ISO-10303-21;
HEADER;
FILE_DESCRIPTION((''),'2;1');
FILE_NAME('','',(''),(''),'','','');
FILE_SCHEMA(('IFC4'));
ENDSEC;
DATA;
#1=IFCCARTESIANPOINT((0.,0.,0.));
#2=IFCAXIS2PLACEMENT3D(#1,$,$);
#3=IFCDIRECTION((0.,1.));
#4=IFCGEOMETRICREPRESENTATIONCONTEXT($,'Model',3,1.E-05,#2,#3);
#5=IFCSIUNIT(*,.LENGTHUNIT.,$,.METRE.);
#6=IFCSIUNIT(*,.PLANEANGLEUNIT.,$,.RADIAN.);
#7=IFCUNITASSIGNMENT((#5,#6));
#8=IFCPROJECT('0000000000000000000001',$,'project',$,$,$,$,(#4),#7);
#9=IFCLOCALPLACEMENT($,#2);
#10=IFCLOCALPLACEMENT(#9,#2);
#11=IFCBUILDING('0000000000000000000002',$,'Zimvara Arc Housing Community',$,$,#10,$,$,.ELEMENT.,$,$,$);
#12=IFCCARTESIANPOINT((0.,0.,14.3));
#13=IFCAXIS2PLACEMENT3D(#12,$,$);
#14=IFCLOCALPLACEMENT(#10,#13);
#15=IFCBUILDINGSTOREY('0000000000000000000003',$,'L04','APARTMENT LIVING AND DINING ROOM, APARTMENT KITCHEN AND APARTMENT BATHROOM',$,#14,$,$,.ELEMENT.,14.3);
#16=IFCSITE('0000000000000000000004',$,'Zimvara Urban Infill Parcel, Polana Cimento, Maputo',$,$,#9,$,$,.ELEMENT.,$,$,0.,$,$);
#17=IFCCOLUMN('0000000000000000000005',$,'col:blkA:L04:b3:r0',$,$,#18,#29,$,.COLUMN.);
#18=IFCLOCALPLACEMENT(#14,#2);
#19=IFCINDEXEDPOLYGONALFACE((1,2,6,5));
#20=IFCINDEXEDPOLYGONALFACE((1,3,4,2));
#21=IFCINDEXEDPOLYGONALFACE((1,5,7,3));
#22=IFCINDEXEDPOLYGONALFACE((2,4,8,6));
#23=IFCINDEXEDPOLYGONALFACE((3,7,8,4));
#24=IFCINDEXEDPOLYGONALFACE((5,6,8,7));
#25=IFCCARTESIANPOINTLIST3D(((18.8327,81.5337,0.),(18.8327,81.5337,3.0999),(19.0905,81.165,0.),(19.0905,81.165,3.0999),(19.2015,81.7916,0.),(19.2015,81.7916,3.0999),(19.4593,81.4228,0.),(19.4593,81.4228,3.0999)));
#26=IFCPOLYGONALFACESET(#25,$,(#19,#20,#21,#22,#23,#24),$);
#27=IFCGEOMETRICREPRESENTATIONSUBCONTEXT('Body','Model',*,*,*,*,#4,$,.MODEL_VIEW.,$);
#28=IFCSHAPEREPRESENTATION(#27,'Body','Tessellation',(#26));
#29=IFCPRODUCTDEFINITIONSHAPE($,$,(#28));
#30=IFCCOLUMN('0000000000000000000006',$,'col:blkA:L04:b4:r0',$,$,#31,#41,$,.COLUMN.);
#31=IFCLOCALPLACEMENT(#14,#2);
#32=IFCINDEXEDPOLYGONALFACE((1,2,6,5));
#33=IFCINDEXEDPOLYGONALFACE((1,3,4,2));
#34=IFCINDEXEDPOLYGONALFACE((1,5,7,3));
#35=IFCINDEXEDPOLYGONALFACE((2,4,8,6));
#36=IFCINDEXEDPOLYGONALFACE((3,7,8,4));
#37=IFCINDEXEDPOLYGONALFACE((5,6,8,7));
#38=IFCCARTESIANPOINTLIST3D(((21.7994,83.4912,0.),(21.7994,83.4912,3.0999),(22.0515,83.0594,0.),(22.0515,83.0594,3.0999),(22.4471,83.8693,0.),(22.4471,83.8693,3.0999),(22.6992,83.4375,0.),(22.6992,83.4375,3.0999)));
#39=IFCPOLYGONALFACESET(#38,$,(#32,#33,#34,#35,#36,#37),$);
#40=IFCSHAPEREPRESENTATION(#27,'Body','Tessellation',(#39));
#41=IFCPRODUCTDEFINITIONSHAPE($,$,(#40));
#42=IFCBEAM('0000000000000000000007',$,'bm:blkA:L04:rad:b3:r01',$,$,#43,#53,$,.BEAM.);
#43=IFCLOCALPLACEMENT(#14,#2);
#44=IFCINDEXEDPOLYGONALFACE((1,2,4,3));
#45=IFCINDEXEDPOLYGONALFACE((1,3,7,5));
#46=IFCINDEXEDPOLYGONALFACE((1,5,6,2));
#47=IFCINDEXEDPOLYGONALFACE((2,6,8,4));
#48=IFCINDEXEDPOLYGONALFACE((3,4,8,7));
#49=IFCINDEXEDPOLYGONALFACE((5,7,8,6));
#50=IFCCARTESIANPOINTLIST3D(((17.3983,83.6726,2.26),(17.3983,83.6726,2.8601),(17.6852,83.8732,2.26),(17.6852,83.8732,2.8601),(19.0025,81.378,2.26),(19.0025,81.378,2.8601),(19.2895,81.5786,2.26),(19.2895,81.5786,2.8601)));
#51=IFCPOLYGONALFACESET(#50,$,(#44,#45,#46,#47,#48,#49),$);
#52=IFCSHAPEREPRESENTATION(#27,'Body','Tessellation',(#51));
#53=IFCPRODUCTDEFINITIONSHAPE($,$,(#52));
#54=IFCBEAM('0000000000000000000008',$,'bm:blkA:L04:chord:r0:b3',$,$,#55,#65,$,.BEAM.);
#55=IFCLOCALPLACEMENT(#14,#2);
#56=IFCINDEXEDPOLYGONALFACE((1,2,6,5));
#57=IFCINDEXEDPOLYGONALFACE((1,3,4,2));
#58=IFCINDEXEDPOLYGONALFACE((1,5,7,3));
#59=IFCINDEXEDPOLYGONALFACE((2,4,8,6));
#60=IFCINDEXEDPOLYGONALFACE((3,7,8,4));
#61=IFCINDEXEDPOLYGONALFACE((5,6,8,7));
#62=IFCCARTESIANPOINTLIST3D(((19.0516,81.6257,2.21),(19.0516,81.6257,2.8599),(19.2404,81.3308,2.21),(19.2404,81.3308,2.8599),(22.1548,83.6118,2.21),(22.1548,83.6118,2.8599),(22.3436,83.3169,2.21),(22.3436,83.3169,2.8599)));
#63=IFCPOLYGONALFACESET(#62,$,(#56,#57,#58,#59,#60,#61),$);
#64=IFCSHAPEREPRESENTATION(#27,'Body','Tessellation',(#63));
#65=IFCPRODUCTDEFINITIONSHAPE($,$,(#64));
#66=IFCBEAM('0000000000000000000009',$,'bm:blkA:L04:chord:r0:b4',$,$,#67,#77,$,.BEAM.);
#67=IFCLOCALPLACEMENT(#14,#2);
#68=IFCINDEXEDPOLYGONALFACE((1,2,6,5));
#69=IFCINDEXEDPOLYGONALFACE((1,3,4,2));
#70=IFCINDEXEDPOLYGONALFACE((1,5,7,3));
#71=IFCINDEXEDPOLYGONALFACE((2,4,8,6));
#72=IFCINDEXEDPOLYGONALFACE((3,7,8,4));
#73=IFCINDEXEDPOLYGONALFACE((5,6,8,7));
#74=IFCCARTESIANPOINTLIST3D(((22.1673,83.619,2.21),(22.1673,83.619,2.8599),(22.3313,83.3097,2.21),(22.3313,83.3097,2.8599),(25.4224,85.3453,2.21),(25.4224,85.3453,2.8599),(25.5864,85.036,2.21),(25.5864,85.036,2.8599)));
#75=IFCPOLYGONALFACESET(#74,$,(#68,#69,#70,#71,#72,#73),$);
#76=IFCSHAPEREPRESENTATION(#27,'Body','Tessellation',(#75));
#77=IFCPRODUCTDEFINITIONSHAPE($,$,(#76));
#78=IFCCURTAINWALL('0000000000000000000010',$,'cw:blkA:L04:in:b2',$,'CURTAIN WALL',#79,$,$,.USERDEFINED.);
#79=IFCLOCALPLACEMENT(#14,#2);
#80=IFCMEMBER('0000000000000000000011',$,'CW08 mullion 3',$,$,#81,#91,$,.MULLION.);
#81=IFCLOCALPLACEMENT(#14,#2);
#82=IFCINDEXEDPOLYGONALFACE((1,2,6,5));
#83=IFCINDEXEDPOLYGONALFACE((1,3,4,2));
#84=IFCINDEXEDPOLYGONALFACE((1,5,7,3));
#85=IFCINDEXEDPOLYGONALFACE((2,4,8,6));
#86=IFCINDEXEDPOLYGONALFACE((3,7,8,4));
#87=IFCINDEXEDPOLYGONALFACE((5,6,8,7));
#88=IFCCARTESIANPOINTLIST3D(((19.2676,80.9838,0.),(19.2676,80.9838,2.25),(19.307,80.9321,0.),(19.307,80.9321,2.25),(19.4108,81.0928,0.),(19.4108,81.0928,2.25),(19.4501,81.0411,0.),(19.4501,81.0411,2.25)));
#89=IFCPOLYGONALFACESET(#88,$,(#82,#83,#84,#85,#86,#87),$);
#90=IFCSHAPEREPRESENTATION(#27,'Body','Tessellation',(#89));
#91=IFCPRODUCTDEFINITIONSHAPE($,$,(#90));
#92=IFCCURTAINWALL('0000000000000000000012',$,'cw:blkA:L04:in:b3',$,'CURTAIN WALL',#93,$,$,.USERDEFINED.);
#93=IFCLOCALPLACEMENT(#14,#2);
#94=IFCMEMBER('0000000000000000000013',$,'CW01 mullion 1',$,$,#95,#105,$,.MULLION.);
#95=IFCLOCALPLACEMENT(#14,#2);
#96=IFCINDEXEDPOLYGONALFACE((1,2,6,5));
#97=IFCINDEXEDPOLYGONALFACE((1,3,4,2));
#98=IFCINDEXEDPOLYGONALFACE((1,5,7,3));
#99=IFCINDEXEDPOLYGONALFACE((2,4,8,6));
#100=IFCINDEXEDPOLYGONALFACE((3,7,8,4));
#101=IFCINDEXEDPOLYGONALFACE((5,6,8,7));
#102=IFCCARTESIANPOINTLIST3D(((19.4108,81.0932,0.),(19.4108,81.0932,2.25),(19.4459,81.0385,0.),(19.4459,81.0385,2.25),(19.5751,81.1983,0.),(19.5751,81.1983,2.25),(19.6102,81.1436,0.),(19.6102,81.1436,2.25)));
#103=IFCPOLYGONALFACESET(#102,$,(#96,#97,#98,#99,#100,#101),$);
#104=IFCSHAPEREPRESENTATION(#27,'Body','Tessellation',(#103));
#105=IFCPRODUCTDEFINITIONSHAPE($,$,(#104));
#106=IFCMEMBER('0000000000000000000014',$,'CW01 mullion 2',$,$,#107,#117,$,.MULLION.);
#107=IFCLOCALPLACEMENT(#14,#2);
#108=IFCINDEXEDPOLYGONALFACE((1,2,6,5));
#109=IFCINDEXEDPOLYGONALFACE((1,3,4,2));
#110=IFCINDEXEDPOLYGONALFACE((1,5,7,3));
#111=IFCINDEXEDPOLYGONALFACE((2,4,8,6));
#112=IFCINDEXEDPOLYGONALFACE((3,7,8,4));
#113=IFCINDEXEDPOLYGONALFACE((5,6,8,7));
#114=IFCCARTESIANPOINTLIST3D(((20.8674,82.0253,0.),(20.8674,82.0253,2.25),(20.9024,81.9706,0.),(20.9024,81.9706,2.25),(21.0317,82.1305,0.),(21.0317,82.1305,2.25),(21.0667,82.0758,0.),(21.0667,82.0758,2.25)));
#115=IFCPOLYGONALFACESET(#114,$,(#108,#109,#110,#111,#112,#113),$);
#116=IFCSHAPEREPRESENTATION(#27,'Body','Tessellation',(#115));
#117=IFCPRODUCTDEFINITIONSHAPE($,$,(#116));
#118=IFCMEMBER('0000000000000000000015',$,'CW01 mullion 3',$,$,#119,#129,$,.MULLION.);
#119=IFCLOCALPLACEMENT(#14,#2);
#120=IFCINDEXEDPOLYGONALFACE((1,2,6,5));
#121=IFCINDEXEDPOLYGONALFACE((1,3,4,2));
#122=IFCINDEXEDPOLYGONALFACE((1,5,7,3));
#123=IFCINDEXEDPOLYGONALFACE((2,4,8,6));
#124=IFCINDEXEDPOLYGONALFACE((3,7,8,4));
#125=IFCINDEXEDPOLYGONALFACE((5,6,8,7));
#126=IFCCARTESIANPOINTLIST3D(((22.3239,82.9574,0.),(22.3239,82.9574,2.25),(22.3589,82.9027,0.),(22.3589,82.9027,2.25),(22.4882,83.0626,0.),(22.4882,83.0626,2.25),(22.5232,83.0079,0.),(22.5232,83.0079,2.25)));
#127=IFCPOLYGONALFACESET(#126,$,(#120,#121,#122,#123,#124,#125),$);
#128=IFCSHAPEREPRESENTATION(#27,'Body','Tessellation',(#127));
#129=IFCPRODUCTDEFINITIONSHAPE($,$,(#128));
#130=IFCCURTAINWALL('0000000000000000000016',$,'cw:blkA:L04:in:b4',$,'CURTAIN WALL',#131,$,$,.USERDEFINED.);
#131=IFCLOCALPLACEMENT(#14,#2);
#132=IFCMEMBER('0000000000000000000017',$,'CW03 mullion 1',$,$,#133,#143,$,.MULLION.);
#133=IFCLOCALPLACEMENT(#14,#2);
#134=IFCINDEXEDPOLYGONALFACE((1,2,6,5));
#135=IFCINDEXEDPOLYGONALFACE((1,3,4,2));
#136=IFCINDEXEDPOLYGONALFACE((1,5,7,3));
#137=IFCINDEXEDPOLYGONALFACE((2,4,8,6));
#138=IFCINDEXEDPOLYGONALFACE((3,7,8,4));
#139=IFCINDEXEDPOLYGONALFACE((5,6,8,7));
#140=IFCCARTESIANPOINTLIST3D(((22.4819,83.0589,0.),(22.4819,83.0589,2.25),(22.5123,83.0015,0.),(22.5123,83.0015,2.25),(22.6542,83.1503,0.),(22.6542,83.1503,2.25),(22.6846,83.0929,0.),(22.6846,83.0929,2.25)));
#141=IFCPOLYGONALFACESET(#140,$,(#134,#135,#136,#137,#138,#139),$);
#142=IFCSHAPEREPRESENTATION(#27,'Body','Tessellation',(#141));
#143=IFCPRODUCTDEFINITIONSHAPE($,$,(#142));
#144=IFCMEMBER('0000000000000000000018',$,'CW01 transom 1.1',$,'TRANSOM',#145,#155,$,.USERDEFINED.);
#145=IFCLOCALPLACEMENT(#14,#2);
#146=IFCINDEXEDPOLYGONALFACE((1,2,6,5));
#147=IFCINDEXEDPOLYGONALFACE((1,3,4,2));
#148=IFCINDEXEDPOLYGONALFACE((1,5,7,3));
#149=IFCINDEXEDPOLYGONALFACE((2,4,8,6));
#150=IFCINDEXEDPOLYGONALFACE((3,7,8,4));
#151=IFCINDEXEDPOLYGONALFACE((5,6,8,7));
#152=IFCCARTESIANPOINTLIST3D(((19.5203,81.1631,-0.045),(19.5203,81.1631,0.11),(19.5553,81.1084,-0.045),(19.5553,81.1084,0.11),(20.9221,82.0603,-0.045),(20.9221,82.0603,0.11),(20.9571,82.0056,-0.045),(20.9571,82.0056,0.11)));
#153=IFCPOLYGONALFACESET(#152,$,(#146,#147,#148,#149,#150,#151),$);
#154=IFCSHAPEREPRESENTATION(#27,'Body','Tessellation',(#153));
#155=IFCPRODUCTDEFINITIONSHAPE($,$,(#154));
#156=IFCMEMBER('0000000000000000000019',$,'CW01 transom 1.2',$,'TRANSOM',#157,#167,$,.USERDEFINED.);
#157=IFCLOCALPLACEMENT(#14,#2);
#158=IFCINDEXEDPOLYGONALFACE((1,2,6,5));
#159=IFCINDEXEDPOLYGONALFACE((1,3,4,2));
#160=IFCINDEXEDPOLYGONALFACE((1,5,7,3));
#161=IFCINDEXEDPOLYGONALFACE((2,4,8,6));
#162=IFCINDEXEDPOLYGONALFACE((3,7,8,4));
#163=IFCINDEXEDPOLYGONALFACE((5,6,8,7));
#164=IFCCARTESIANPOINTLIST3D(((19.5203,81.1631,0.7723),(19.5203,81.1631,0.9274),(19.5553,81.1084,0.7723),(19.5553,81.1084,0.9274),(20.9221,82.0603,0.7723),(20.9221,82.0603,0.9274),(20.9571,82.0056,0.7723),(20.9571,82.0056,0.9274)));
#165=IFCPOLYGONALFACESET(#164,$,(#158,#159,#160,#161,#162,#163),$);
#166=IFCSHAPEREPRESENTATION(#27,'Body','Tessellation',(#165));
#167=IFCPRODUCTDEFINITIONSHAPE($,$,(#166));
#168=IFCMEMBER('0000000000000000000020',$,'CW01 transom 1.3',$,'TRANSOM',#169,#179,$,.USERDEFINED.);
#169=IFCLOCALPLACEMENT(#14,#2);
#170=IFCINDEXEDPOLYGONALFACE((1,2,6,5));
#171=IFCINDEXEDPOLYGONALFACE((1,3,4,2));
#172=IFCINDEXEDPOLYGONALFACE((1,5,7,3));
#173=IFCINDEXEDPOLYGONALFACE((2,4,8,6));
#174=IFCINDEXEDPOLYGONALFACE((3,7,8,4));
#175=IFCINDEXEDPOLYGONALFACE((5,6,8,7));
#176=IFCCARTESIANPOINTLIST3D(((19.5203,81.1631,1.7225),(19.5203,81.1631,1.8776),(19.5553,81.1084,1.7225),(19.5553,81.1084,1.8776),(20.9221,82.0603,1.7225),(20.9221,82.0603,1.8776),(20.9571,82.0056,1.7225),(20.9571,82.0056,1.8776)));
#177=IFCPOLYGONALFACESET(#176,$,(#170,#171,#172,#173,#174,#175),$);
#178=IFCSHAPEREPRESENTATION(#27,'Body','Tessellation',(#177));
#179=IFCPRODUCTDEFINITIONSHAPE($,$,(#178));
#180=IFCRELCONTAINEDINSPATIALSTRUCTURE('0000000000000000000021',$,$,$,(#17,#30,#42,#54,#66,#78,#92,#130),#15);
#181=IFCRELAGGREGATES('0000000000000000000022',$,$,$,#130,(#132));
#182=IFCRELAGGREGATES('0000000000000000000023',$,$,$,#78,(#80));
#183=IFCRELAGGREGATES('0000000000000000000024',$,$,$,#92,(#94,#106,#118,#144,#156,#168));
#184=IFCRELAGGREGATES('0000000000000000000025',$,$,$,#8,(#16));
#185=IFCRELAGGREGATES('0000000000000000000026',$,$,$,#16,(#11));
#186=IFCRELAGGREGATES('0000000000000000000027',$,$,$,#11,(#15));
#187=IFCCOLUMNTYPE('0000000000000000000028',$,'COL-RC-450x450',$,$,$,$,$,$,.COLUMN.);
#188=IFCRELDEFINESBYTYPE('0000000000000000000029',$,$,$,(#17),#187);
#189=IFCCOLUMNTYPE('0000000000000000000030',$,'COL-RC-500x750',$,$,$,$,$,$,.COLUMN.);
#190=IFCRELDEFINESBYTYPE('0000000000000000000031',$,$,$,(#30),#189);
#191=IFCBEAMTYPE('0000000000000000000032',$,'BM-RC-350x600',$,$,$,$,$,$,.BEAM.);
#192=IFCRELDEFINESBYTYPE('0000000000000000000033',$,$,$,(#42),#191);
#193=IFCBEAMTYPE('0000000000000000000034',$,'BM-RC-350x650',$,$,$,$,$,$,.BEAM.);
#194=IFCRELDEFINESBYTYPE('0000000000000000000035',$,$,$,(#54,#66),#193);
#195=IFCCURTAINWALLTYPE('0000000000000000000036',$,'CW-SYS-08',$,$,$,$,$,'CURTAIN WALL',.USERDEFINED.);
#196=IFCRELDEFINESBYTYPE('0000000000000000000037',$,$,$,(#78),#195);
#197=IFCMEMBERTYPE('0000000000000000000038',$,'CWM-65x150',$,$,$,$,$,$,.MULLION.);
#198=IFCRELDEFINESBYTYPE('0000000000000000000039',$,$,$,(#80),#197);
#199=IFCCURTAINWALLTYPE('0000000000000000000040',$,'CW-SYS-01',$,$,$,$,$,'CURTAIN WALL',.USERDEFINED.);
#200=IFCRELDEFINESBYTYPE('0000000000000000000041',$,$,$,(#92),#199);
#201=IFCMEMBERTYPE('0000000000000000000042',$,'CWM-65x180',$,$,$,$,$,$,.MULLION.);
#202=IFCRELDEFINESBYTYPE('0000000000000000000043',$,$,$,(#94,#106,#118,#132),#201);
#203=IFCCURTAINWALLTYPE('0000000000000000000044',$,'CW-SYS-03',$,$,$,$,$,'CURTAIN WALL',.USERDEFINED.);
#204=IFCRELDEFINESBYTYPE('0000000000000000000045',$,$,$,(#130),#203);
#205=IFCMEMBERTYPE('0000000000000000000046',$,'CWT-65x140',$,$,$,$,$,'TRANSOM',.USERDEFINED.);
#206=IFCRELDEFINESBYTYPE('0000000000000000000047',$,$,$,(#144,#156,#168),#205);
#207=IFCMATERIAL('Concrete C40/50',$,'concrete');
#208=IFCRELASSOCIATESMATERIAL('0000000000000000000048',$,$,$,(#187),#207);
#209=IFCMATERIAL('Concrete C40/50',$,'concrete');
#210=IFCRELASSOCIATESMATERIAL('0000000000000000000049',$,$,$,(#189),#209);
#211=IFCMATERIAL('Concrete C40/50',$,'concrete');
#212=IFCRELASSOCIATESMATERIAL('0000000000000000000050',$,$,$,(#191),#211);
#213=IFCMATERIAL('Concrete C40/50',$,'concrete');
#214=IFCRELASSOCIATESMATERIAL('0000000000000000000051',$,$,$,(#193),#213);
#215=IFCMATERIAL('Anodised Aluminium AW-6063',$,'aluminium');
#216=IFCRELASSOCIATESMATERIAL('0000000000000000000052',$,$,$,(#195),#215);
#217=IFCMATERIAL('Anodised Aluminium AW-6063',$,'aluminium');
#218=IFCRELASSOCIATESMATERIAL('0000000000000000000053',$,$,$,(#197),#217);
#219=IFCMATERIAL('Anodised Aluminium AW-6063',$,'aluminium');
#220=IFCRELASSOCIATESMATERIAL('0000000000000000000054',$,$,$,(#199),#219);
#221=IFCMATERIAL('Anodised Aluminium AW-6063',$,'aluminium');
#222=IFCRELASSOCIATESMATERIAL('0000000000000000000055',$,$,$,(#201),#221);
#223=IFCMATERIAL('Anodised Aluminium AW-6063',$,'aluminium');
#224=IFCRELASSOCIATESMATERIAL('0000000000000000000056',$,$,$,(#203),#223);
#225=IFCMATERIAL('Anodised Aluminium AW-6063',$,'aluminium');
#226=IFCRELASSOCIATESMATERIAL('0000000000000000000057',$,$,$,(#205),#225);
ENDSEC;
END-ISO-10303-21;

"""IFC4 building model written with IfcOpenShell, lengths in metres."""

from ifc_helpers import new_model, si_unit, direction, frame, origin, origin_2d, place, context, subcontext, project, spatial, rectangle, extrude, material, material_profile, profile_set, type_object, element, aggregate, save


model = new_model("IFC4")

# Units and contexts
model_context = context("Model", 3, precision=1e-05, world=origin(), true_north=direction((0.0, 1.0)))
body_context = subcontext(model_context, "Body", "Model", "MODEL_VIEW")
ifc_project = project(units=[si_unit("LENGTHUNIT", "METRE"), si_unit("PLANEANGLEUNIT", "RADIAN")], contexts=[model_context])

# Site, building, storey
site_placement = place(None, origin())
site = spatial("IfcSite", under=ifc_project, at=site_placement, Name="Zimvara Urban Infill Parcel, Polana Cimento, Maputo", CompositionType="ELEMENT", RefElevation=0.0)
building_placement = place(site_placement, origin())
building = spatial("IfcBuilding", under=site, at=building_placement, Name="Zimvara Arc Housing Community", CompositionType="ELEMENT")
storey_placement = place(building_placement, frame((0.0, 0.0, 14.3)))
storey = spatial("IfcBuildingStorey", under=building, at=storey_placement, Name="L04", Description="APARTMENT LIVING AND DINING ROOM, APARTMENT KITCHEN AND APARTMENT BATHROOM", CompositionType="ELEMENT", Elevation=14.3)

# Columns
ifc_material_1 = material(Name="Concrete C40/50", Category="concrete")
ifc_material_profile_1 = material_profile(ifc_material_1, rectangle(XDim=0.45, YDim=0.45, at=origin_2d()), Name="RC 450x450")
ifc_profile_set_1 = profile_set([ifc_material_profile_1], Name="Concrete C40/50")
column_type_1 = type_object("IfcColumnType", Name="COL-RC-450x450", PredefinedType="COLUMN", material=ifc_profile_set_1)
column_1_placement = place(storey_placement, frame((19.146, 81.4783, 0.0), z_axis=(0.0, 0.0, 1.0), x_axis=(-0.573004, 0.819552, 0.0)))
element("IfcColumn", 1, at=column_1_placement, inside=storey, type_object=column_type_1, Name="col:blkA:L04:b3:r0", PredefinedType="COLUMN", context=body_context, shape_type="SweptSolid", body=[
    extrude(rectangle(XDim=0.45, YDim=0.45, at=origin_2d()), origin(), (0.0, 0.0, 1.0), 3.0999),
])
ifc_material_2 = material(Name="Concrete C40/50", Category="concrete")
ifc_material_profile_2 = material_profile(ifc_material_2, rectangle(XDim=0.5, YDim=0.75, at=origin_2d()), Name="RC 500x750")
ifc_profile_set_2 = profile_set([ifc_material_profile_2], Name="Concrete C40/50")
column_type_2 = type_object("IfcColumnType", Name="COL-RC-500x750", PredefinedType="COLUMN", material=ifc_profile_set_2)
column_2_placement = place(storey_placement, frame((22.2493, 83.4644, 0.0), z_axis=(0.0, 0.0, 1.0), x_axis=(-0.504226, 0.863572, 0.0)))
element("IfcColumn", 2, at=column_2_placement, inside=storey, type_object=column_type_2, Name="col:blkA:L04:b4:r0", PredefinedType="COLUMN", context=body_context, shape_type="SweptSolid", body=[
    extrude(rectangle(XDim=0.5, YDim=0.75, at=origin_2d()), origin(), (0.0, 0.0, 1.0), 3.0999),
])

# Beams
ifc_material_3 = material(Name="Concrete C40/50", Category="concrete")
ifc_material_profile_3 = material_profile(ifc_material_3, rectangle(XDim=0.3501, YDim=0.6001, at=origin_2d()), Name="RC 350x600")
ifc_profile_set_3 = profile_set([ifc_material_profile_3], Name="Concrete C40/50")
beam_type_1 = type_object("IfcBeamType", Name="BM-RC-350x600", PredefinedType="BEAM", material=ifc_profile_set_3)
beam_1_placement = place(storey_placement, frame((19.146, 81.4783, 2.5601), z_axis=(-0.572977, 0.819572, 0.0), x_axis=(-0.819572, -0.572977, 0.0)))
element("IfcBeam", 3, at=beam_1_placement, inside=storey, type_object=beam_type_1, Name="bm:blkA:L04:rad:b3:r01", PredefinedType="BEAM", context=body_context, shape_type="SweptSolid", body=[
    extrude(rectangle(XDim=0.3501, YDim=0.6001, at=origin_2d()), origin(), (0.0, 0.0, 1.0), 2.7998),
])
ifc_material_4 = material(Name="Concrete C40/50", Category="concrete")
ifc_material_profile_4 = material_profile(ifc_material_4, rectangle(XDim=0.3501, YDim=0.6499, at=origin_2d()), Name="RC 350x650")
ifc_profile_set_4 = profile_set([ifc_material_profile_4], Name="Concrete C40/50")
beam_type_2 = type_object("IfcBeamType", Name="BM-RC-350x650", PredefinedType="BEAM", material=ifc_profile_set_4)
beam_2_placement = place(storey_placement, frame((19.146, 81.4783, 2.5349), z_axis=(0.842273, 0.539052, 0.0), x_axis=(-0.539052, 0.842273, 0.0)))
element("IfcBeam", 4, at=beam_2_placement, inside=storey, type_object=beam_type_2, Name="bm:blkA:L04:chord:r0:b3", PredefinedType="BEAM", context=body_context, shape_type="SweptSolid", body=[
    extrude(rectangle(XDim=0.3501, YDim=0.6499, at=origin_2d()), origin(), (0.0, 0.0, 1.0), 3.6843),
])
beam_3_placement = place(storey_placement, frame((22.2493, 83.4644, 2.5349), z_axis=(0.883449, 0.468527, 0.0), x_axis=(-0.468527, 0.883449, 0.0)))
element("IfcBeam", 5, at=beam_3_placement, inside=storey, type_object=beam_type_2, Name="bm:blkA:L04:chord:r0:b4", PredefinedType="BEAM", context=body_context, shape_type="SweptSolid", body=[
    extrude(rectangle(XDim=0.3501, YDim=0.6499, at=origin_2d()), origin(), (0.0, 0.0, 1.0), 3.6846),
])

# Curtain wall, member
ifc_material_5 = material(Name="Anodised Aluminium AW-6063", Category="aluminium")
curtain_wall_type_1 = type_object("IfcCurtainWallType", Name="CW-SYS-08", ElementType="CURTAIN WALL", PredefinedType="USERDEFINED", material=ifc_material_5)
curtain_wall_1_placement = place(storey_placement, origin())
curtain_wall_1 = element("IfcCurtainWall", 6, at=curtain_wall_1_placement, inside=storey, type_object=curtain_wall_type_1, Name="cw:blkA:L04:in:b2", ObjectType="CURTAIN WALL", PredefinedType="USERDEFINED")
ifc_material_6 = material(Name="Anodised Aluminium AW-6063", Category="aluminium")
ifc_material_profile_5 = material_profile(ifc_material_6, rectangle(XDim=0.0649, YDim=0.1799, at=origin_2d()), Name="ALU 65x180")
ifc_profile_set_5 = profile_set([ifc_material_profile_5], Name="Anodised Aluminium AW-6063")
member_type_1 = type_object("IfcMemberType", Name="CWM-65x150", PredefinedType="MULLION", material=ifc_profile_set_5)
member_1_placement = place(storey_placement, frame((19.3589, 81.0125, 0.0), z_axis=(0.0, 0.0, 1.0), x_axis=(-0.605988, 0.795474, 0.0)))
member_1 = element("IfcMember", 7, at=member_1_placement, type_object=member_type_1, Name="CW08 mullion 3", PredefinedType="MULLION", context=body_context, shape_type="SweptSolid", body=[
    extrude(rectangle(XDim=0.0649, YDim=0.1799, at=origin_2d()), origin(), (0.0, 0.0, 1.0), 2.25),
])

# Curtain wall, members
ifc_material_7 = material(Name="Anodised Aluminium AW-6063", Category="aluminium")
curtain_wall_type_2 = type_object("IfcCurtainWallType", Name="CW-SYS-01", ElementType="CURTAIN WALL", PredefinedType="USERDEFINED", material=ifc_material_7)
curtain_wall_2_placement = place(storey_placement, origin())
curtain_wall_2 = element("IfcCurtainWall", 8, at=curtain_wall_2_placement, inside=storey, type_object=curtain_wall_type_2, Name="cw:blkA:L04:in:b3", ObjectType="CURTAIN WALL", PredefinedType="USERDEFINED")
ifc_material_8 = material(Name="Anodised Aluminium AW-6063", Category="aluminium")
ifc_material_profile_6 = material_profile(ifc_material_8, rectangle(XDim=0.0649, YDim=0.1951, at=origin_2d()), Name="ALU 65x195")
ifc_profile_set_6 = profile_set([ifc_material_profile_6], Name="Anodised Aluminium AW-6063")
member_type_2 = type_object("IfcMemberType", Name="CWM-65x180", PredefinedType="MULLION", material=ifc_profile_set_6)
member_2_placement = place(storey_placement, frame((19.5105, 81.1184, 0.0), z_axis=(0.0, 0.0, 1.0), x_axis=(-0.539064, 0.842265, 0.0)))
member_2 = element("IfcMember", 9, at=member_2_placement, type_object=member_type_2, Name="CW01 mullion 1", PredefinedType="MULLION", context=body_context, shape_type="SweptSolid", body=[
    extrude(rectangle(XDim=0.0649, YDim=0.1951, at=origin_2d()), origin(), (0.0, 0.0, 1.0), 2.25),
])
member_3_placement = place(storey_placement, frame((20.967, 82.0505, 0.0), z_axis=(0.0, 0.0, 1.0), x_axis=(-0.539064, 0.842265, 0.0)))
member_3 = element("IfcMember", 10, at=member_3_placement, type_object=member_type_2, Name="CW01 mullion 2", PredefinedType="MULLION", context=body_context, shape_type="SweptSolid", body=[
    extrude(rectangle(XDim=0.0649, YDim=0.1951, at=origin_2d()), origin(), (0.0, 0.0, 1.0), 2.25),
])
member_4_placement = place(storey_placement, frame((22.4236, 82.9827, 0.0), z_axis=(0.0, 0.0, 1.0), x_axis=(-0.539064, 0.842265, 0.0)))
member_4 = element("IfcMember", 11, at=member_4_placement, type_object=member_type_2, Name="CW01 mullion 3", PredefinedType="MULLION", context=body_context, shape_type="SweptSolid", body=[
    extrude(rectangle(XDim=0.0649, YDim=0.1951, at=origin_2d()), origin(), (0.0, 0.0, 1.0), 2.25),
])

# Curtain wall, member
ifc_material_9 = material(Name="Anodised Aluminium AW-6063", Category="aluminium")
curtain_wall_type_3 = type_object("IfcCurtainWallType", Name="CW-SYS-03", ElementType="CURTAIN WALL", PredefinedType="USERDEFINED", material=ifc_material_9)
curtain_wall_3_placement = place(storey_placement, origin())
curtain_wall_3 = element("IfcCurtainWall", 12, at=curtain_wall_3_placement, inside=storey, type_object=curtain_wall_type_3, Name="cw:blkA:L04:in:b4", ObjectType="CURTAIN WALL", PredefinedType="USERDEFINED")
member_5_placement = place(storey_placement, frame((22.5833, 83.0759, 0.0), z_axis=(0.0, 0.0, 1.0), x_axis=(-0.468545, 0.88344, 0.0)))
member_5 = element("IfcMember", 13, at=member_5_placement, type_object=member_type_2, Name="CW03 mullion 1", PredefinedType="MULLION", context=body_context, shape_type="SweptSolid", body=[
    extrude(rectangle(XDim=0.0649, YDim=0.1951, at=origin_2d()), origin(), (0.0, 0.0, 1.0), 2.25),
])

# Members
ifc_material_10 = material(Name="Anodised Aluminium AW-6063", Category="aluminium")
ifc_material_profile_7 = material_profile(ifc_material_10, rectangle(XDim=0.0649, YDim=0.155, at=origin_2d()), Name="ALU 65x155")
ifc_profile_set_7 = profile_set([ifc_material_profile_7], Name="Anodised Aluminium AW-6063")
member_type_3 = type_object("IfcMemberType", Name="CWT-65x140", ElementType="TRANSOM", PredefinedType="USERDEFINED", material=ifc_profile_set_7)
member_6_placement = place(storey_placement, frame((19.5378, 81.1357, 0.0325), z_axis=(0.842263, 0.539066, 0.0), x_axis=(-0.539066, 0.842263, 0.0)))
member_6 = element("IfcMember", 14, at=member_6_placement, type_object=member_type_3, Name="CW01 transom 1.1", ObjectType="TRANSOM", PredefinedType="USERDEFINED", context=body_context, shape_type="SweptSolid", body=[
    extrude(rectangle(XDim=0.0649, YDim=0.155, at=origin_2d()), origin(), (0.0, 0.0, 1.0), 1.6643),
])
member_7_placement = place(storey_placement, frame((19.5378, 81.1357, 0.8499), z_axis=(0.842263, 0.539066, 0.0), x_axis=(-0.539066, 0.842263, 0.0)))
member_7 = element("IfcMember", 15, at=member_7_placement, type_object=member_type_3, Name="CW01 transom 1.2", ObjectType="TRANSOM", PredefinedType="USERDEFINED", context=body_context, shape_type="SweptSolid", body=[
    extrude(rectangle(XDim=0.0649, YDim=0.155, at=origin_2d()), origin(), (0.0, 0.0, 1.0), 1.6643),
])
member_8_placement = place(storey_placement, frame((19.5378, 81.1357, 1.8), z_axis=(0.842263, 0.539066, 0.0), x_axis=(-0.539066, 0.842263, 0.0)))
member_8 = element("IfcMember", 16, at=member_8_placement, type_object=member_type_3, Name="CW01 transom 1.3", ObjectType="TRANSOM", PredefinedType="USERDEFINED", context=body_context, shape_type="SweptSolid", body=[
    extrude(rectangle(XDim=0.0649, YDim=0.155, at=origin_2d()), origin(), (0.0, 0.0, 1.0), 1.6643),
])
aggregate(curtain_wall_3, [member_5])

aggregate(curtain_wall_1, [member_1])
aggregate(curtain_wall_2, [member_2, member_3, member_4, member_6, member_7, member_8])

save(model, "model.ifc")
